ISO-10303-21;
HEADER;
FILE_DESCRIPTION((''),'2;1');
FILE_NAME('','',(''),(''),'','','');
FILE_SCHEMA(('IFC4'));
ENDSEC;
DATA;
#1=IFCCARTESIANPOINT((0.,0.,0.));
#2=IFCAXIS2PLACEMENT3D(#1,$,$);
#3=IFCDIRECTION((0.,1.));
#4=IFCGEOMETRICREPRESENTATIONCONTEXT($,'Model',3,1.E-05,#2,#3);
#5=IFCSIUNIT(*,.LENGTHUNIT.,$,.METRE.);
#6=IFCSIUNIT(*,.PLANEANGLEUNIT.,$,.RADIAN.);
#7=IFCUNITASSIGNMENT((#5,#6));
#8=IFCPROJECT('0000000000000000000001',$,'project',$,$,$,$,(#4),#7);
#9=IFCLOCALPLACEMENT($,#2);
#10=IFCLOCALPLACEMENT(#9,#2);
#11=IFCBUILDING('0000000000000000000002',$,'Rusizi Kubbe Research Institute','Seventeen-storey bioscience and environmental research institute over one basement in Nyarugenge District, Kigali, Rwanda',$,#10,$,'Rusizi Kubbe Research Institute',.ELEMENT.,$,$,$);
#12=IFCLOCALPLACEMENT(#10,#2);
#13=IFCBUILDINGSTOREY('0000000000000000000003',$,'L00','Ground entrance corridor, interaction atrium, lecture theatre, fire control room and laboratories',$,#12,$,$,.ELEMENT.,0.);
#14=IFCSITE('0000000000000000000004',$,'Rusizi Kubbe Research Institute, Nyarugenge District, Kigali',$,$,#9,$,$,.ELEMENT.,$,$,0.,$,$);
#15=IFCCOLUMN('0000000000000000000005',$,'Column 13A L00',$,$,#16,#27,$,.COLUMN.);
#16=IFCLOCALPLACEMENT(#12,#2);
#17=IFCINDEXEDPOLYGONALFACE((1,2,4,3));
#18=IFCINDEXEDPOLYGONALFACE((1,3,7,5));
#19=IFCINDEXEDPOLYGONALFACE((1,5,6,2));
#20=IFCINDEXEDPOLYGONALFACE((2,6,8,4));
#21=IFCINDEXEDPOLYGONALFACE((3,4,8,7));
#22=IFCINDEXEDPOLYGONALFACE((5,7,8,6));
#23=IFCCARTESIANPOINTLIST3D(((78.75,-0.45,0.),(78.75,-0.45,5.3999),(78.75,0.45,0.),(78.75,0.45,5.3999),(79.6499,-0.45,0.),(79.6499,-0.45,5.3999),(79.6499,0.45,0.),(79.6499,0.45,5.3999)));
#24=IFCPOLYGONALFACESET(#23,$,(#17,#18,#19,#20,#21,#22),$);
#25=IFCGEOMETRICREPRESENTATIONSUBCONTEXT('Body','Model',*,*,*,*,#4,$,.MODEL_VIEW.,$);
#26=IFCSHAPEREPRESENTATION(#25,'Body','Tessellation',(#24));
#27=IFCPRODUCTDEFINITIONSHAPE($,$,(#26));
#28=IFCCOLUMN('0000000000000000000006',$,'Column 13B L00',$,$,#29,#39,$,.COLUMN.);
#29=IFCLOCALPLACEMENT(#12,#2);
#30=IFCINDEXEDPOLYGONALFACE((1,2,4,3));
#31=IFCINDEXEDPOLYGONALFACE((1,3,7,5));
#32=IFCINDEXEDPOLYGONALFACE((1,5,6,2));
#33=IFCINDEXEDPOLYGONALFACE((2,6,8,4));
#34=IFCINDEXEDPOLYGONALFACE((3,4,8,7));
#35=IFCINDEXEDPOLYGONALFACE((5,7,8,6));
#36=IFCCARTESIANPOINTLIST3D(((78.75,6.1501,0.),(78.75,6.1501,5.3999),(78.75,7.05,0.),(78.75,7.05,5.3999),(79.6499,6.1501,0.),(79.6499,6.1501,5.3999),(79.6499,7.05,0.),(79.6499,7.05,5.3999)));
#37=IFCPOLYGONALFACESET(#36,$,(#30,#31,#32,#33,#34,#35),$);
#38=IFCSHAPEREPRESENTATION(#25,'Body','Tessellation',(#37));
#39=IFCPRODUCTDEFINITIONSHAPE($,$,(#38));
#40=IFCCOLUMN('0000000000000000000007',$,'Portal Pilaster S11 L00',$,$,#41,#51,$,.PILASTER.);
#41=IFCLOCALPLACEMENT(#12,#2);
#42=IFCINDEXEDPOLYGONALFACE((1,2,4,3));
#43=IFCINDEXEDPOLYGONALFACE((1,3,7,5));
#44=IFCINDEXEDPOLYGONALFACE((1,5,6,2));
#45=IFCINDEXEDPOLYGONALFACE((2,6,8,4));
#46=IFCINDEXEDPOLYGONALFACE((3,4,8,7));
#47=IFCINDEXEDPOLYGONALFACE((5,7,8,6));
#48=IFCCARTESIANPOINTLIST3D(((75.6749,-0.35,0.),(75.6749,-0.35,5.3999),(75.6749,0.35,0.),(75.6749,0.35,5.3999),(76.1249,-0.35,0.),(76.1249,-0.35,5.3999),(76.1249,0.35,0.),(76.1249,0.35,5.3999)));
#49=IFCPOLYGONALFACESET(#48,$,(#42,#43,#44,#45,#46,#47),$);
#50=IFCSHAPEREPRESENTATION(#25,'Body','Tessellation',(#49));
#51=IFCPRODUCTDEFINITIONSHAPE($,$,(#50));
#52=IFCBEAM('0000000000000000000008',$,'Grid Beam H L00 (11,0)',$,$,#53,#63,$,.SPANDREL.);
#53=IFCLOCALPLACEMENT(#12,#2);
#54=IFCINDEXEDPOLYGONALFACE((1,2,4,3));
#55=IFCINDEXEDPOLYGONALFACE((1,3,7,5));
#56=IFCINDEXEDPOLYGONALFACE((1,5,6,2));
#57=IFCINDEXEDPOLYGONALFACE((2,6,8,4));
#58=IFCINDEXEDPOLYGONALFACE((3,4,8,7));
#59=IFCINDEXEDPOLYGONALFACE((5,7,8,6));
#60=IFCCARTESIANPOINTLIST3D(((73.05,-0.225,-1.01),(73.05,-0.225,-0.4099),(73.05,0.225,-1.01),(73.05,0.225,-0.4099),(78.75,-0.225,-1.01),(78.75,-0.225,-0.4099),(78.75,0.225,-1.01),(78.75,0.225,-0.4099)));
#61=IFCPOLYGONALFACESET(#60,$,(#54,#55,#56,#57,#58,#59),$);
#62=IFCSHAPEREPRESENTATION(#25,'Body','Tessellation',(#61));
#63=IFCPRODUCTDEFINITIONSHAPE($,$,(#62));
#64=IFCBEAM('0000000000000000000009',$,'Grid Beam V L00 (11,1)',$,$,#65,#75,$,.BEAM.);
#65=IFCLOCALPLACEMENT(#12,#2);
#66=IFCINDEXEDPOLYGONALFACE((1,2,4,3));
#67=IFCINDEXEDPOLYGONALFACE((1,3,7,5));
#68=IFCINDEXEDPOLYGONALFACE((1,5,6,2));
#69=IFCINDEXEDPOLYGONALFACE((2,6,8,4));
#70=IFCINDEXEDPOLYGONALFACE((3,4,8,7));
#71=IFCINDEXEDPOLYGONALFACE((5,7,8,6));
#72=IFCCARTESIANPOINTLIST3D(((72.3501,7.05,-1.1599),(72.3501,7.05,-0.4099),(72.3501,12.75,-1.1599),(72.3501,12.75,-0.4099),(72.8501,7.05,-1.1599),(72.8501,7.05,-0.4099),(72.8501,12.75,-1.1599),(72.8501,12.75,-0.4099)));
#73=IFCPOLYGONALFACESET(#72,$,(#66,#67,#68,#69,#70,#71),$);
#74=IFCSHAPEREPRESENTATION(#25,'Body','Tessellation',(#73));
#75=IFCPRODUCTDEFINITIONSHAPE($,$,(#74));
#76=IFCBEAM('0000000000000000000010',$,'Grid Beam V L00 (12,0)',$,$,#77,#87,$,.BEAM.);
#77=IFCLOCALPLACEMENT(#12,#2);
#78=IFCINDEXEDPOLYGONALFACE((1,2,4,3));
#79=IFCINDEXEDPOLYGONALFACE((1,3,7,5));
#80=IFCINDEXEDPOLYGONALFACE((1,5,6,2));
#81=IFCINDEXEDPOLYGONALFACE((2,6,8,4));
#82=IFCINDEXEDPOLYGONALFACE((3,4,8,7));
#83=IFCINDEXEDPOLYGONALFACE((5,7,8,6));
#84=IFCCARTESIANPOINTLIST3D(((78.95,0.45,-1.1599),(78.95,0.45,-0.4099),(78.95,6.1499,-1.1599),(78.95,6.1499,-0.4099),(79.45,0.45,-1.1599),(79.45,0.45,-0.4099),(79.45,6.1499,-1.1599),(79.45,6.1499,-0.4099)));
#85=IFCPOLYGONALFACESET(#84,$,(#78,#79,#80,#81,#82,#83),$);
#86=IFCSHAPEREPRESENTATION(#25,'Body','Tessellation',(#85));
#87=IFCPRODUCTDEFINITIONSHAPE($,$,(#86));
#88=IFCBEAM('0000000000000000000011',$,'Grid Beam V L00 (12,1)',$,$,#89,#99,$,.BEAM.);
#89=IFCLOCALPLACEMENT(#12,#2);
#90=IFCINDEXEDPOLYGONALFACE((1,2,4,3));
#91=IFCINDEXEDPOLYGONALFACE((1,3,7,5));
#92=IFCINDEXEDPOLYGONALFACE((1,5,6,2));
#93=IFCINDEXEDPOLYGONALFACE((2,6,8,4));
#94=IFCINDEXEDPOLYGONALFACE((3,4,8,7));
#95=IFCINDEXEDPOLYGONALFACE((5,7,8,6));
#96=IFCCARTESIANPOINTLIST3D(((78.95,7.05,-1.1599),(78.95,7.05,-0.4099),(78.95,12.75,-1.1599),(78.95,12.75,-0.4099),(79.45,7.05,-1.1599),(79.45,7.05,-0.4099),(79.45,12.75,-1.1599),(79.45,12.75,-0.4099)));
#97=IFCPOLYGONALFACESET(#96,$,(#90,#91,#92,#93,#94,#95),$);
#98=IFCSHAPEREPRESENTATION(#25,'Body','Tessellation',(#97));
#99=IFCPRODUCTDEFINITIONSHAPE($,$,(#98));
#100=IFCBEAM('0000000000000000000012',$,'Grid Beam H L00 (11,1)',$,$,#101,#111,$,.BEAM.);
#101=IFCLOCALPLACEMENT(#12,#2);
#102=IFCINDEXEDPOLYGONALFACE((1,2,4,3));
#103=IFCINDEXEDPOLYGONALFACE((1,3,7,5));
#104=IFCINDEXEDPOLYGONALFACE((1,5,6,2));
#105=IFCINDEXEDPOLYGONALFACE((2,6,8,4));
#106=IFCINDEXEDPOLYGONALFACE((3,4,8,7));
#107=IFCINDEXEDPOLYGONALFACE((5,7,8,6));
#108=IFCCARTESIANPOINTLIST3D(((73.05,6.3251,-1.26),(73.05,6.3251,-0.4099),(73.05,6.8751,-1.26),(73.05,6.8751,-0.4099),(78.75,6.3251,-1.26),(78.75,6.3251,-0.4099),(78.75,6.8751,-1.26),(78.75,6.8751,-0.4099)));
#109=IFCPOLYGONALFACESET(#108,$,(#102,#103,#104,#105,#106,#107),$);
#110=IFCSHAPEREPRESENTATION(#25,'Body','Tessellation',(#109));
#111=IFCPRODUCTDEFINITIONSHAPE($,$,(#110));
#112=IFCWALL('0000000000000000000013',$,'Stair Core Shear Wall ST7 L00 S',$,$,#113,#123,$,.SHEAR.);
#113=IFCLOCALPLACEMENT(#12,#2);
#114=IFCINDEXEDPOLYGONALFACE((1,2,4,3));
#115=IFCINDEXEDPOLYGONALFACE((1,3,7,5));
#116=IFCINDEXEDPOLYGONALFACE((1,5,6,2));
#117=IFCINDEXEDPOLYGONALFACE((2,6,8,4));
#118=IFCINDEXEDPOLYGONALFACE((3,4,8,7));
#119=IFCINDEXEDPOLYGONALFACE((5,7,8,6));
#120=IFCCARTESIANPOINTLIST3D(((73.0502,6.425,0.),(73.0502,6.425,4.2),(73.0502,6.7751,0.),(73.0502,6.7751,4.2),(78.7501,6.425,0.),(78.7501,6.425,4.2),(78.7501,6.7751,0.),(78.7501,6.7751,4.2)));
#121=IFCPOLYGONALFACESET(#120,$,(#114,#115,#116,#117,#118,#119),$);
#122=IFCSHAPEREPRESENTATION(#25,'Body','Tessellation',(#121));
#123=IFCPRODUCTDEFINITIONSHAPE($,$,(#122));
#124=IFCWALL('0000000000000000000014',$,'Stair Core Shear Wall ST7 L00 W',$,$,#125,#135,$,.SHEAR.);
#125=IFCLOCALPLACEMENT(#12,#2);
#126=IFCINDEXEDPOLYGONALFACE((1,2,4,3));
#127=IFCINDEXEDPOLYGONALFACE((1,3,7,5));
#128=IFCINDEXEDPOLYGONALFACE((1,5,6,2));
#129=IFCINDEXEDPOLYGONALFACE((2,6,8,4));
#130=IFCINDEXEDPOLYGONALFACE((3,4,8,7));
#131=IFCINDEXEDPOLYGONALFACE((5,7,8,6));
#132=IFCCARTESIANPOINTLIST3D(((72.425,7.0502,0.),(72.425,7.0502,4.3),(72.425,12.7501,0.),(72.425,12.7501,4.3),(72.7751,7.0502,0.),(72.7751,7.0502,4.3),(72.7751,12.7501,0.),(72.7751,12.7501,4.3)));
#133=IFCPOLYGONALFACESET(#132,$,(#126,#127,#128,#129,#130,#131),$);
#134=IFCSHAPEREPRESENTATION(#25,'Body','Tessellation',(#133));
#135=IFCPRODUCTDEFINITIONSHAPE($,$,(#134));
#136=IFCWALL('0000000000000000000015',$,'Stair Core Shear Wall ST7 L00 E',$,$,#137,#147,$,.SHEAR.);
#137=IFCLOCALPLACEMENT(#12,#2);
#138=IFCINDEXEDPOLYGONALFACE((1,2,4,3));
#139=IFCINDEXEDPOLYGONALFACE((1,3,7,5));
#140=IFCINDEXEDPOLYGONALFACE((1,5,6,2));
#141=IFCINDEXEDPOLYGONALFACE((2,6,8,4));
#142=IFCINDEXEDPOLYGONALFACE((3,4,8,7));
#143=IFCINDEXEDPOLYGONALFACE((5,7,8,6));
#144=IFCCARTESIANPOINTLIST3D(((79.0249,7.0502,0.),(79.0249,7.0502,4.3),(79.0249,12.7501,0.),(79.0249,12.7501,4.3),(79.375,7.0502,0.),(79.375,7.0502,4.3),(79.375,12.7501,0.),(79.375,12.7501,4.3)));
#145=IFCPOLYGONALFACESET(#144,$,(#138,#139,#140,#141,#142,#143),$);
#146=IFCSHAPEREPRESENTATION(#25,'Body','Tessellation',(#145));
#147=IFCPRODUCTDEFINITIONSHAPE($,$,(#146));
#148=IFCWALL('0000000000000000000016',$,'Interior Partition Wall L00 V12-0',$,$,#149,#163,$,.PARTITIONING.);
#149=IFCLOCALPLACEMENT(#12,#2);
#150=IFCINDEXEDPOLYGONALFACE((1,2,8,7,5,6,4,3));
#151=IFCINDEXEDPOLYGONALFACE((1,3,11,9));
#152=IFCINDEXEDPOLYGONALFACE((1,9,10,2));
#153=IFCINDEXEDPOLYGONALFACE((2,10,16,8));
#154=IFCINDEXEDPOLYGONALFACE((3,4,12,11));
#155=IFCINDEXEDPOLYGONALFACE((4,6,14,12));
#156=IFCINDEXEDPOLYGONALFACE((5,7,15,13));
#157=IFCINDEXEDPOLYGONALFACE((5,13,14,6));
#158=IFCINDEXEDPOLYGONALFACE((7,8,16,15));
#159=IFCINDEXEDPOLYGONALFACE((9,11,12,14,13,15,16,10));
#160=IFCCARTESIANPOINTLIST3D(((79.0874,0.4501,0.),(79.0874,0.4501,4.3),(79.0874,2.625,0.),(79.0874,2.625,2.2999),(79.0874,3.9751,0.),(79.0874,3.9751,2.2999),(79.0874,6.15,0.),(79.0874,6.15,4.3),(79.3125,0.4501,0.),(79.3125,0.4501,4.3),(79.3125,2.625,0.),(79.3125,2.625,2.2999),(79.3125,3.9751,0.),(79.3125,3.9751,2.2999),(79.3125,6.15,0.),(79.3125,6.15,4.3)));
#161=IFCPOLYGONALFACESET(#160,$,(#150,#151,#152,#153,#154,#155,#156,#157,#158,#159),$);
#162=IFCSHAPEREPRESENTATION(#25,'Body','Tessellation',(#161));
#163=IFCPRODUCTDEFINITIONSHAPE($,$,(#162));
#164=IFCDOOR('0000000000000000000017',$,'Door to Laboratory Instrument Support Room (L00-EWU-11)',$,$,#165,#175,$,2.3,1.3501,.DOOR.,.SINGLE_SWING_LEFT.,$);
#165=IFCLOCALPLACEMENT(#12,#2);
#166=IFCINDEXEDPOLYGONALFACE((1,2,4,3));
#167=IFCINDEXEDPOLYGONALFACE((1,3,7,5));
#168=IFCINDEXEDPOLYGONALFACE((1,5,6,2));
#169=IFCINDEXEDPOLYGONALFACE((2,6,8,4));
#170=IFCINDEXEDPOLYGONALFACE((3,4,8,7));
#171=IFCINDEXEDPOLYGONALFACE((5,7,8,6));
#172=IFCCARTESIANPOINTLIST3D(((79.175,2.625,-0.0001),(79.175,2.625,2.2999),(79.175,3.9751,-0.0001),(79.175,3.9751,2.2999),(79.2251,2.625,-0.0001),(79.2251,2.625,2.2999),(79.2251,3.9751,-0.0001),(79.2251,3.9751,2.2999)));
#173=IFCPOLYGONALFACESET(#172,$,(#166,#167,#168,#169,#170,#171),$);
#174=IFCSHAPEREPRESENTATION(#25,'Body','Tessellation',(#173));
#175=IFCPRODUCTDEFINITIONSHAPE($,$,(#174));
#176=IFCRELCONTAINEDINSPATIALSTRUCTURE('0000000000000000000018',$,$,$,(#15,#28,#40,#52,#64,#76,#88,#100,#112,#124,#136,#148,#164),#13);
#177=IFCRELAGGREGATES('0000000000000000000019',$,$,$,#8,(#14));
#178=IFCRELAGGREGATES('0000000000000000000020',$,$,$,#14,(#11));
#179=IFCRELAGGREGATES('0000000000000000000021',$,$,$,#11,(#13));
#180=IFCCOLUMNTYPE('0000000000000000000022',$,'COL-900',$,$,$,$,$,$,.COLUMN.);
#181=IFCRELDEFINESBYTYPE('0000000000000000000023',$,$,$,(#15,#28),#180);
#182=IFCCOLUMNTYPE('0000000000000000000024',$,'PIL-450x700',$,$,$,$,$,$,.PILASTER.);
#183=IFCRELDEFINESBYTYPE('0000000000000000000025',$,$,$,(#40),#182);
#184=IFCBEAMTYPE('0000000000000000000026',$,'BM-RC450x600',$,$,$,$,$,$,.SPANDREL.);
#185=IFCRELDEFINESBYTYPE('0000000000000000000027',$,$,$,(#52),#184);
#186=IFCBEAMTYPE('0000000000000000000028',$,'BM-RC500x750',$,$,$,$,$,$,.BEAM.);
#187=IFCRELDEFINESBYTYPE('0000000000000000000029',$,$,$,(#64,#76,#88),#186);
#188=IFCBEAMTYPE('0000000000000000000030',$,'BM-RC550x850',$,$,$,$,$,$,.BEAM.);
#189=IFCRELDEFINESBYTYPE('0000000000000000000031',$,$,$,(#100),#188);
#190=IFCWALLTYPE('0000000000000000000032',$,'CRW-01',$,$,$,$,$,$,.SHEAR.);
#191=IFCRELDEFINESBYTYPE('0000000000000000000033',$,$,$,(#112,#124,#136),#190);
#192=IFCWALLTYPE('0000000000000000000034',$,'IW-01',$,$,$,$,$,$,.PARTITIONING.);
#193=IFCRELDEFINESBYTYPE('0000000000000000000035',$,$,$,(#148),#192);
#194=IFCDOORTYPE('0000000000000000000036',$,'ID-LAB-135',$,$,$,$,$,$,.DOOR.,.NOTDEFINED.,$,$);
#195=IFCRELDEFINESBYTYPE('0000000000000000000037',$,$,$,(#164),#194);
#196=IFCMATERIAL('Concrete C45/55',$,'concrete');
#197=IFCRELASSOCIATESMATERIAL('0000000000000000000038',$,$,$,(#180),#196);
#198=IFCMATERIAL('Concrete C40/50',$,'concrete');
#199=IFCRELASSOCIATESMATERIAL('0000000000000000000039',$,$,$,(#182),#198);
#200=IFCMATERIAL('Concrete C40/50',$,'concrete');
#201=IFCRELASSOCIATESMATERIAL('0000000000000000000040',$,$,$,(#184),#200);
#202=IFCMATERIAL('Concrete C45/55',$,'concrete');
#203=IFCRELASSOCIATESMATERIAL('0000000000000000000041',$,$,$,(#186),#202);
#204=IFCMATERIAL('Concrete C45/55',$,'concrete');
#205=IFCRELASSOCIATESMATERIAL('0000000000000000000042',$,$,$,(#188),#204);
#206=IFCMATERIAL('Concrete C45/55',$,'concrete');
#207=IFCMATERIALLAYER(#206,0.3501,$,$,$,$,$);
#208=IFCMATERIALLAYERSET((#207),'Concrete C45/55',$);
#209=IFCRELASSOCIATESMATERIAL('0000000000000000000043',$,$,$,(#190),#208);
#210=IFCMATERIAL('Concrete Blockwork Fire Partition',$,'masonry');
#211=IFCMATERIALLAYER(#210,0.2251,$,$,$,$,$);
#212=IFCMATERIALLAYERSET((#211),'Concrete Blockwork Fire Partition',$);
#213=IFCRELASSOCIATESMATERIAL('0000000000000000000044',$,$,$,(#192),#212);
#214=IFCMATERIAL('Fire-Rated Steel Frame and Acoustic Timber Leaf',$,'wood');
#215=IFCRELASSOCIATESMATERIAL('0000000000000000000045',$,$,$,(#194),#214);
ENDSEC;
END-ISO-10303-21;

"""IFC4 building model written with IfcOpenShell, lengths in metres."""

from ifc_helpers import new_model, si_unit, direction, frame, frame_2d, origin, origin_2d, place, context, subcontext, project, spatial, rectangle, extrude, material, layer, layer_set, material_profile, profile_set, type_object, element, fill, save


model = new_model("IFC4")

# Units and contexts
model_context = context("Model", 3, precision=1e-05, world=origin(), true_north=direction((0.0, 1.0)))
body_context = subcontext(model_context, "Body", "Model", "MODEL_VIEW")
ifc_project = project(units=[si_unit("LENGTHUNIT", "METRE"), si_unit("PLANEANGLEUNIT", "RADIAN")], contexts=[model_context])

# Site, building, storey
site_placement = place(None, origin())
site = spatial("IfcSite", under=ifc_project, at=site_placement, Name="Rusizi Kubbe Research Institute, Nyarugenge District, Kigali", CompositionType="ELEMENT", RefElevation=0.0)
building_placement = place(site_placement, origin())
building = spatial("IfcBuilding", under=site, at=building_placement, Name="Rusizi Kubbe Research Institute", Description="Seventeen-storey bioscience and environmental research institute over one basement in Nyarugenge District, Kigali, Rwanda", LongName="Rusizi Kubbe Research Institute", CompositionType="ELEMENT")
storey_placement = place(building_placement, origin())
storey = spatial("IfcBuildingStorey", under=building, at=storey_placement, Name="L00", Description="Ground entrance corridor, interaction atrium, lecture theatre, fire control room and laboratories", CompositionType="ELEMENT", Elevation=0.0)

# Columns
ifc_material_1 = material(Name="Concrete C45/55", Category="concrete")
ifc_material_profile_1 = material_profile(ifc_material_1, rectangle(XDim=0.8999, YDim=0.8999, at=origin_2d()), Name="RC900x900")
ifc_profile_set_1 = profile_set([ifc_material_profile_1], Name="Concrete C45/55")
column_type_1 = type_object("IfcColumnType", Name="COL-900", PredefinedType="COLUMN", material=ifc_profile_set_1)
for number, where, z_axis, x_axis, name in (
    (1, (79.2, 0.0, 0.0), (0.0, 0.0, 1.0), (1.0, 0.0, 0.0), "Column 13A L00"),
    (2, (79.2, 6.6001, 0.0), (0.0, 0.0, 1.0), (1.0, 0.0, 0.0), "Column 13B L00"),
):
    element("IfcColumn", number, at=place(storey_placement, frame(where, z_axis=z_axis, x_axis=x_axis)), inside=storey, type_object=column_type_1, Name=name, PredefinedType="COLUMN", context=body_context, shape_type="SweptSolid", body=[
        extrude(rectangle(XDim=0.8999, YDim=0.8999, at=origin_2d()), origin(), (0.0, 0.0, 1.0), 5.3999),
    ])
ifc_material_2 = material(Name="Concrete C40/50", Category="concrete")
ifc_material_profile_2 = material_profile(ifc_material_2, rectangle(XDim=0.45, YDim=0.7, at=origin_2d()), Name="RC450x700")
ifc_profile_set_2 = profile_set([ifc_material_profile_2], Name="Concrete C40/50")
column_type_2 = type_object("IfcColumnType", Name="PIL-450x700", PredefinedType="PILASTER", material=ifc_profile_set_2)
column_placement = place(storey_placement, frame((75.8999, 0.0, 0.0), z_axis=(0.0, 0.0, 1.0), x_axis=(1.0, 0.0, 0.0)))
element("IfcColumn", 3, at=column_placement, inside=storey, type_object=column_type_2, Name="Portal Pilaster S11 L00", PredefinedType="PILASTER", context=body_context, shape_type="SweptSolid", body=[
    extrude(rectangle(XDim=0.45, YDim=0.7, at=origin_2d()), origin(), (0.0, 0.0, 1.0), 5.3999),
])

# Beams
ifc_material_3 = material(Name="Concrete C40/50", Category="concrete")
ifc_material_profile_3 = material_profile(ifc_material_3, rectangle(XDim=0.45, YDim=0.6001, at=origin_2d()), Name="RC450x600")
ifc_profile_set_3 = profile_set([ifc_material_profile_3], Name="Concrete C40/50")
beam_type_1 = type_object("IfcBeamType", Name="BM-RC450x600", PredefinedType="SPANDREL", material=ifc_profile_set_3)
beam_1_placement = place(storey_placement, frame((73.05, 0.0, -0.71), z_axis=(1.0, 0.0, 0.0), x_axis=(0.0, 1.0, 0.0)))
element("IfcBeam", 4, at=beam_1_placement, inside=storey, type_object=beam_type_1, Name="Grid Beam H L00 (11,0)", PredefinedType="SPANDREL", context=body_context, shape_type="SweptSolid", body=[
    extrude(rectangle(XDim=0.45, YDim=0.6001, at=origin_2d()), origin(), (0.0, 0.0, 1.0), 5.7),
])
ifc_material_4 = material(Name="Concrete C45/55", Category="concrete")
ifc_material_profile_4 = material_profile(ifc_material_4, rectangle(XDim=0.5, YDim=0.75, at=origin_2d()), Name="RC500x750B")
ifc_profile_set_4 = profile_set([ifc_material_profile_4], Name="Concrete C45/55")
beam_type_2 = type_object("IfcBeamType", Name="BM-RC500x750", PredefinedType="BEAM", material=ifc_profile_set_4)
for number, where, z_axis, x_axis, name in (
    (5, (72.6001, 7.05, -0.7849), (0.0, 1.0, 0.0), (-1.0, 0.0, 0.0), "Grid Beam V L00 (11,1)"),
    (6, (79.2, 0.45, -0.7849), (0.0, 1.0, 0.0), (-1.0, 0.0, 0.0), "Grid Beam V L00 (12,0)"),
    (7, (79.2, 7.05, -0.7849), (0.0, 1.0, 0.0), (-1.0, 0.0, 0.0), "Grid Beam V L00 (12,1)"),
):
    element("IfcBeam", number, at=place(storey_placement, frame(where, z_axis=z_axis, x_axis=x_axis)), inside=storey, type_object=beam_type_2, Name=name, PredefinedType="BEAM", context=body_context, shape_type="SweptSolid", body=[
        extrude(rectangle(XDim=0.5, YDim=0.75, at=origin_2d()), origin(), (0.0, 0.0, 1.0), 5.7),
    ])
ifc_material_5 = material(Name="Concrete C45/55", Category="concrete")
ifc_material_profile_5 = material_profile(ifc_material_5, rectangle(XDim=0.55, YDim=0.8501, at=origin_2d()), Name="RC550x850")
ifc_profile_set_5 = profile_set([ifc_material_profile_5], Name="Concrete C45/55")
beam_type_3 = type_object("IfcBeamType", Name="BM-RC550x850", PredefinedType="BEAM", material=ifc_profile_set_5)
beam_2_placement = place(storey_placement, frame((73.05, 6.6001, -0.835), z_axis=(1.0, 0.0, 0.0), x_axis=(0.0, 1.0, 0.0)))
element("IfcBeam", 8, at=beam_2_placement, inside=storey, type_object=beam_type_3, Name="Grid Beam H L00 (11,1)", PredefinedType="BEAM", context=body_context, shape_type="SweptSolid", body=[
    extrude(rectangle(XDim=0.55, YDim=0.8501, at=origin_2d()), origin(), (0.0, 0.0, 1.0), 5.7),
])

# Walls
ifc_material_6 = material(Name="Concrete C45/55", Category="concrete")
ifc_layer_1 = layer(ifc_material_6, 0.3501)
ifc_layer_set_1 = layer_set([ifc_layer_1], Name="Concrete C45/55")
wall_type_1 = type_object("IfcWallType", Name="CRW-01", PredefinedType="SHEAR", material=ifc_layer_set_1)
wall_1_placement = place(storey_placement, frame((73.05, 6.6001, 0.0), z_axis=(0.0, 0.0, 1.0), x_axis=(1.0, 0.0, 0.0)))
element("IfcWall", 9, at=wall_1_placement, inside=storey, type_object=wall_type_1, Name="Stair Core Shear Wall ST7 L00 S", PredefinedType="SHEAR", context=body_context, shape_type="SweptSolid", body=[
    extrude(rectangle(XDim=5.7, YDim=0.3501, at=frame_2d((2.8501, 0.0))), origin(), (0.0, 0.0, 1.0), 4.2),
])
for number, where, z_axis, x_axis, name in (
    (10, (72.6001, 7.05, 0.0), (0.0, 0.0, 1.0), (0.0, 1.0, 0.0), "Stair Core Shear Wall ST7 L00 W"),
    (11, (79.2, 7.05, 0.0), (0.0, 0.0, 1.0), (0.0, 1.0, 0.0), "Stair Core Shear Wall ST7 L00 E"),
):
    element("IfcWall", number, at=place(storey_placement, frame(where, z_axis=z_axis, x_axis=x_axis)), inside=storey, type_object=wall_type_1, Name=name, PredefinedType="SHEAR", context=body_context, shape_type="SweptSolid", body=[
        extrude(rectangle(XDim=5.7, YDim=0.3501, at=frame_2d((2.8501, 0.0))), origin(), (0.0, 0.0, 1.0), 4.3),
    ])

# Wall, opening, door
ifc_material_7 = material(Name="Concrete Blockwork Fire Partition", Category="masonry")
ifc_layer_2 = layer(ifc_material_7, 0.2251)
ifc_layer_set_2 = layer_set([ifc_layer_2], Name="Concrete Blockwork Fire Partition")
wall_type_2 = type_object("IfcWallType", Name="IW-01", PredefinedType="PARTITIONING", material=ifc_layer_set_2)
wall_2_placement = place(storey_placement, frame((79.2, 0.45, 0.0), z_axis=(0.0, 0.0, 1.0), x_axis=(0.0, 1.0, 0.0)))
wall_2 = element("IfcWall", 12, at=wall_2_placement, inside=storey, type_object=wall_type_2, Name="Interior Partition Wall L00 V12-0", PredefinedType="PARTITIONING", context=body_context, shape_type="SweptSolid", body=[
    extrude(rectangle(XDim=5.7, YDim=0.2251, at=frame_2d((2.8501, 0.0))), origin(), (0.0, 0.0, 1.0), 4.3),
])
opening_placement = place(wall_2_placement, frame((2.175, 0.0, 0.0)))
opening = element("IfcOpeningElement", 13, at=opening_placement, cuts=wall_2, PredefinedType="OPENING", context=body_context, shape_type="SweptSolid", body=[
    extrude(rectangle(XDim=1.3501, YDim=2.3, at=frame_2d((0.675, 1.1499))), frame((0.0, 0.1226, 0.0), z_axis=(0.0, -1.0, 0.0), x_axis=(1.0, 0.0, 0.0)), (0.0, 0.0, 1.0), 0.2451),
])
ifc_material_8 = material(Name="Fire-Rated Steel Frame and Acoustic Timber Leaf", Category="wood")
door_type = type_object("IfcDoorType", Name="ID-LAB-135", OperationType="NOTDEFINED", PredefinedType="DOOR", material=ifc_material_8)
door_placement = place(opening_placement, origin())
door = element("IfcDoor", 14, at=door_placement, inside=storey, type_object=door_type, Name="Door to Laboratory Instrument Support Room (L00-EWU-11)", OperationType="SINGLE_SWING_LEFT", OverallHeight=2.3, OverallWidth=1.3501, PredefinedType="DOOR", context=body_context, shape_type="SweptSolid", body=[
    extrude(rectangle(XDim=1.3501, YDim=2.3, at=frame_2d((0.675, 1.1499))), frame((0.0, 0.0249, 0.0), z_axis=(0.0, -1.0, 0.0), x_axis=(1.0, 0.0, 0.0)), (0.0, 0.0, 1.0), 0.05),
])
fill(opening, door)

save(model, "model.ifc")
